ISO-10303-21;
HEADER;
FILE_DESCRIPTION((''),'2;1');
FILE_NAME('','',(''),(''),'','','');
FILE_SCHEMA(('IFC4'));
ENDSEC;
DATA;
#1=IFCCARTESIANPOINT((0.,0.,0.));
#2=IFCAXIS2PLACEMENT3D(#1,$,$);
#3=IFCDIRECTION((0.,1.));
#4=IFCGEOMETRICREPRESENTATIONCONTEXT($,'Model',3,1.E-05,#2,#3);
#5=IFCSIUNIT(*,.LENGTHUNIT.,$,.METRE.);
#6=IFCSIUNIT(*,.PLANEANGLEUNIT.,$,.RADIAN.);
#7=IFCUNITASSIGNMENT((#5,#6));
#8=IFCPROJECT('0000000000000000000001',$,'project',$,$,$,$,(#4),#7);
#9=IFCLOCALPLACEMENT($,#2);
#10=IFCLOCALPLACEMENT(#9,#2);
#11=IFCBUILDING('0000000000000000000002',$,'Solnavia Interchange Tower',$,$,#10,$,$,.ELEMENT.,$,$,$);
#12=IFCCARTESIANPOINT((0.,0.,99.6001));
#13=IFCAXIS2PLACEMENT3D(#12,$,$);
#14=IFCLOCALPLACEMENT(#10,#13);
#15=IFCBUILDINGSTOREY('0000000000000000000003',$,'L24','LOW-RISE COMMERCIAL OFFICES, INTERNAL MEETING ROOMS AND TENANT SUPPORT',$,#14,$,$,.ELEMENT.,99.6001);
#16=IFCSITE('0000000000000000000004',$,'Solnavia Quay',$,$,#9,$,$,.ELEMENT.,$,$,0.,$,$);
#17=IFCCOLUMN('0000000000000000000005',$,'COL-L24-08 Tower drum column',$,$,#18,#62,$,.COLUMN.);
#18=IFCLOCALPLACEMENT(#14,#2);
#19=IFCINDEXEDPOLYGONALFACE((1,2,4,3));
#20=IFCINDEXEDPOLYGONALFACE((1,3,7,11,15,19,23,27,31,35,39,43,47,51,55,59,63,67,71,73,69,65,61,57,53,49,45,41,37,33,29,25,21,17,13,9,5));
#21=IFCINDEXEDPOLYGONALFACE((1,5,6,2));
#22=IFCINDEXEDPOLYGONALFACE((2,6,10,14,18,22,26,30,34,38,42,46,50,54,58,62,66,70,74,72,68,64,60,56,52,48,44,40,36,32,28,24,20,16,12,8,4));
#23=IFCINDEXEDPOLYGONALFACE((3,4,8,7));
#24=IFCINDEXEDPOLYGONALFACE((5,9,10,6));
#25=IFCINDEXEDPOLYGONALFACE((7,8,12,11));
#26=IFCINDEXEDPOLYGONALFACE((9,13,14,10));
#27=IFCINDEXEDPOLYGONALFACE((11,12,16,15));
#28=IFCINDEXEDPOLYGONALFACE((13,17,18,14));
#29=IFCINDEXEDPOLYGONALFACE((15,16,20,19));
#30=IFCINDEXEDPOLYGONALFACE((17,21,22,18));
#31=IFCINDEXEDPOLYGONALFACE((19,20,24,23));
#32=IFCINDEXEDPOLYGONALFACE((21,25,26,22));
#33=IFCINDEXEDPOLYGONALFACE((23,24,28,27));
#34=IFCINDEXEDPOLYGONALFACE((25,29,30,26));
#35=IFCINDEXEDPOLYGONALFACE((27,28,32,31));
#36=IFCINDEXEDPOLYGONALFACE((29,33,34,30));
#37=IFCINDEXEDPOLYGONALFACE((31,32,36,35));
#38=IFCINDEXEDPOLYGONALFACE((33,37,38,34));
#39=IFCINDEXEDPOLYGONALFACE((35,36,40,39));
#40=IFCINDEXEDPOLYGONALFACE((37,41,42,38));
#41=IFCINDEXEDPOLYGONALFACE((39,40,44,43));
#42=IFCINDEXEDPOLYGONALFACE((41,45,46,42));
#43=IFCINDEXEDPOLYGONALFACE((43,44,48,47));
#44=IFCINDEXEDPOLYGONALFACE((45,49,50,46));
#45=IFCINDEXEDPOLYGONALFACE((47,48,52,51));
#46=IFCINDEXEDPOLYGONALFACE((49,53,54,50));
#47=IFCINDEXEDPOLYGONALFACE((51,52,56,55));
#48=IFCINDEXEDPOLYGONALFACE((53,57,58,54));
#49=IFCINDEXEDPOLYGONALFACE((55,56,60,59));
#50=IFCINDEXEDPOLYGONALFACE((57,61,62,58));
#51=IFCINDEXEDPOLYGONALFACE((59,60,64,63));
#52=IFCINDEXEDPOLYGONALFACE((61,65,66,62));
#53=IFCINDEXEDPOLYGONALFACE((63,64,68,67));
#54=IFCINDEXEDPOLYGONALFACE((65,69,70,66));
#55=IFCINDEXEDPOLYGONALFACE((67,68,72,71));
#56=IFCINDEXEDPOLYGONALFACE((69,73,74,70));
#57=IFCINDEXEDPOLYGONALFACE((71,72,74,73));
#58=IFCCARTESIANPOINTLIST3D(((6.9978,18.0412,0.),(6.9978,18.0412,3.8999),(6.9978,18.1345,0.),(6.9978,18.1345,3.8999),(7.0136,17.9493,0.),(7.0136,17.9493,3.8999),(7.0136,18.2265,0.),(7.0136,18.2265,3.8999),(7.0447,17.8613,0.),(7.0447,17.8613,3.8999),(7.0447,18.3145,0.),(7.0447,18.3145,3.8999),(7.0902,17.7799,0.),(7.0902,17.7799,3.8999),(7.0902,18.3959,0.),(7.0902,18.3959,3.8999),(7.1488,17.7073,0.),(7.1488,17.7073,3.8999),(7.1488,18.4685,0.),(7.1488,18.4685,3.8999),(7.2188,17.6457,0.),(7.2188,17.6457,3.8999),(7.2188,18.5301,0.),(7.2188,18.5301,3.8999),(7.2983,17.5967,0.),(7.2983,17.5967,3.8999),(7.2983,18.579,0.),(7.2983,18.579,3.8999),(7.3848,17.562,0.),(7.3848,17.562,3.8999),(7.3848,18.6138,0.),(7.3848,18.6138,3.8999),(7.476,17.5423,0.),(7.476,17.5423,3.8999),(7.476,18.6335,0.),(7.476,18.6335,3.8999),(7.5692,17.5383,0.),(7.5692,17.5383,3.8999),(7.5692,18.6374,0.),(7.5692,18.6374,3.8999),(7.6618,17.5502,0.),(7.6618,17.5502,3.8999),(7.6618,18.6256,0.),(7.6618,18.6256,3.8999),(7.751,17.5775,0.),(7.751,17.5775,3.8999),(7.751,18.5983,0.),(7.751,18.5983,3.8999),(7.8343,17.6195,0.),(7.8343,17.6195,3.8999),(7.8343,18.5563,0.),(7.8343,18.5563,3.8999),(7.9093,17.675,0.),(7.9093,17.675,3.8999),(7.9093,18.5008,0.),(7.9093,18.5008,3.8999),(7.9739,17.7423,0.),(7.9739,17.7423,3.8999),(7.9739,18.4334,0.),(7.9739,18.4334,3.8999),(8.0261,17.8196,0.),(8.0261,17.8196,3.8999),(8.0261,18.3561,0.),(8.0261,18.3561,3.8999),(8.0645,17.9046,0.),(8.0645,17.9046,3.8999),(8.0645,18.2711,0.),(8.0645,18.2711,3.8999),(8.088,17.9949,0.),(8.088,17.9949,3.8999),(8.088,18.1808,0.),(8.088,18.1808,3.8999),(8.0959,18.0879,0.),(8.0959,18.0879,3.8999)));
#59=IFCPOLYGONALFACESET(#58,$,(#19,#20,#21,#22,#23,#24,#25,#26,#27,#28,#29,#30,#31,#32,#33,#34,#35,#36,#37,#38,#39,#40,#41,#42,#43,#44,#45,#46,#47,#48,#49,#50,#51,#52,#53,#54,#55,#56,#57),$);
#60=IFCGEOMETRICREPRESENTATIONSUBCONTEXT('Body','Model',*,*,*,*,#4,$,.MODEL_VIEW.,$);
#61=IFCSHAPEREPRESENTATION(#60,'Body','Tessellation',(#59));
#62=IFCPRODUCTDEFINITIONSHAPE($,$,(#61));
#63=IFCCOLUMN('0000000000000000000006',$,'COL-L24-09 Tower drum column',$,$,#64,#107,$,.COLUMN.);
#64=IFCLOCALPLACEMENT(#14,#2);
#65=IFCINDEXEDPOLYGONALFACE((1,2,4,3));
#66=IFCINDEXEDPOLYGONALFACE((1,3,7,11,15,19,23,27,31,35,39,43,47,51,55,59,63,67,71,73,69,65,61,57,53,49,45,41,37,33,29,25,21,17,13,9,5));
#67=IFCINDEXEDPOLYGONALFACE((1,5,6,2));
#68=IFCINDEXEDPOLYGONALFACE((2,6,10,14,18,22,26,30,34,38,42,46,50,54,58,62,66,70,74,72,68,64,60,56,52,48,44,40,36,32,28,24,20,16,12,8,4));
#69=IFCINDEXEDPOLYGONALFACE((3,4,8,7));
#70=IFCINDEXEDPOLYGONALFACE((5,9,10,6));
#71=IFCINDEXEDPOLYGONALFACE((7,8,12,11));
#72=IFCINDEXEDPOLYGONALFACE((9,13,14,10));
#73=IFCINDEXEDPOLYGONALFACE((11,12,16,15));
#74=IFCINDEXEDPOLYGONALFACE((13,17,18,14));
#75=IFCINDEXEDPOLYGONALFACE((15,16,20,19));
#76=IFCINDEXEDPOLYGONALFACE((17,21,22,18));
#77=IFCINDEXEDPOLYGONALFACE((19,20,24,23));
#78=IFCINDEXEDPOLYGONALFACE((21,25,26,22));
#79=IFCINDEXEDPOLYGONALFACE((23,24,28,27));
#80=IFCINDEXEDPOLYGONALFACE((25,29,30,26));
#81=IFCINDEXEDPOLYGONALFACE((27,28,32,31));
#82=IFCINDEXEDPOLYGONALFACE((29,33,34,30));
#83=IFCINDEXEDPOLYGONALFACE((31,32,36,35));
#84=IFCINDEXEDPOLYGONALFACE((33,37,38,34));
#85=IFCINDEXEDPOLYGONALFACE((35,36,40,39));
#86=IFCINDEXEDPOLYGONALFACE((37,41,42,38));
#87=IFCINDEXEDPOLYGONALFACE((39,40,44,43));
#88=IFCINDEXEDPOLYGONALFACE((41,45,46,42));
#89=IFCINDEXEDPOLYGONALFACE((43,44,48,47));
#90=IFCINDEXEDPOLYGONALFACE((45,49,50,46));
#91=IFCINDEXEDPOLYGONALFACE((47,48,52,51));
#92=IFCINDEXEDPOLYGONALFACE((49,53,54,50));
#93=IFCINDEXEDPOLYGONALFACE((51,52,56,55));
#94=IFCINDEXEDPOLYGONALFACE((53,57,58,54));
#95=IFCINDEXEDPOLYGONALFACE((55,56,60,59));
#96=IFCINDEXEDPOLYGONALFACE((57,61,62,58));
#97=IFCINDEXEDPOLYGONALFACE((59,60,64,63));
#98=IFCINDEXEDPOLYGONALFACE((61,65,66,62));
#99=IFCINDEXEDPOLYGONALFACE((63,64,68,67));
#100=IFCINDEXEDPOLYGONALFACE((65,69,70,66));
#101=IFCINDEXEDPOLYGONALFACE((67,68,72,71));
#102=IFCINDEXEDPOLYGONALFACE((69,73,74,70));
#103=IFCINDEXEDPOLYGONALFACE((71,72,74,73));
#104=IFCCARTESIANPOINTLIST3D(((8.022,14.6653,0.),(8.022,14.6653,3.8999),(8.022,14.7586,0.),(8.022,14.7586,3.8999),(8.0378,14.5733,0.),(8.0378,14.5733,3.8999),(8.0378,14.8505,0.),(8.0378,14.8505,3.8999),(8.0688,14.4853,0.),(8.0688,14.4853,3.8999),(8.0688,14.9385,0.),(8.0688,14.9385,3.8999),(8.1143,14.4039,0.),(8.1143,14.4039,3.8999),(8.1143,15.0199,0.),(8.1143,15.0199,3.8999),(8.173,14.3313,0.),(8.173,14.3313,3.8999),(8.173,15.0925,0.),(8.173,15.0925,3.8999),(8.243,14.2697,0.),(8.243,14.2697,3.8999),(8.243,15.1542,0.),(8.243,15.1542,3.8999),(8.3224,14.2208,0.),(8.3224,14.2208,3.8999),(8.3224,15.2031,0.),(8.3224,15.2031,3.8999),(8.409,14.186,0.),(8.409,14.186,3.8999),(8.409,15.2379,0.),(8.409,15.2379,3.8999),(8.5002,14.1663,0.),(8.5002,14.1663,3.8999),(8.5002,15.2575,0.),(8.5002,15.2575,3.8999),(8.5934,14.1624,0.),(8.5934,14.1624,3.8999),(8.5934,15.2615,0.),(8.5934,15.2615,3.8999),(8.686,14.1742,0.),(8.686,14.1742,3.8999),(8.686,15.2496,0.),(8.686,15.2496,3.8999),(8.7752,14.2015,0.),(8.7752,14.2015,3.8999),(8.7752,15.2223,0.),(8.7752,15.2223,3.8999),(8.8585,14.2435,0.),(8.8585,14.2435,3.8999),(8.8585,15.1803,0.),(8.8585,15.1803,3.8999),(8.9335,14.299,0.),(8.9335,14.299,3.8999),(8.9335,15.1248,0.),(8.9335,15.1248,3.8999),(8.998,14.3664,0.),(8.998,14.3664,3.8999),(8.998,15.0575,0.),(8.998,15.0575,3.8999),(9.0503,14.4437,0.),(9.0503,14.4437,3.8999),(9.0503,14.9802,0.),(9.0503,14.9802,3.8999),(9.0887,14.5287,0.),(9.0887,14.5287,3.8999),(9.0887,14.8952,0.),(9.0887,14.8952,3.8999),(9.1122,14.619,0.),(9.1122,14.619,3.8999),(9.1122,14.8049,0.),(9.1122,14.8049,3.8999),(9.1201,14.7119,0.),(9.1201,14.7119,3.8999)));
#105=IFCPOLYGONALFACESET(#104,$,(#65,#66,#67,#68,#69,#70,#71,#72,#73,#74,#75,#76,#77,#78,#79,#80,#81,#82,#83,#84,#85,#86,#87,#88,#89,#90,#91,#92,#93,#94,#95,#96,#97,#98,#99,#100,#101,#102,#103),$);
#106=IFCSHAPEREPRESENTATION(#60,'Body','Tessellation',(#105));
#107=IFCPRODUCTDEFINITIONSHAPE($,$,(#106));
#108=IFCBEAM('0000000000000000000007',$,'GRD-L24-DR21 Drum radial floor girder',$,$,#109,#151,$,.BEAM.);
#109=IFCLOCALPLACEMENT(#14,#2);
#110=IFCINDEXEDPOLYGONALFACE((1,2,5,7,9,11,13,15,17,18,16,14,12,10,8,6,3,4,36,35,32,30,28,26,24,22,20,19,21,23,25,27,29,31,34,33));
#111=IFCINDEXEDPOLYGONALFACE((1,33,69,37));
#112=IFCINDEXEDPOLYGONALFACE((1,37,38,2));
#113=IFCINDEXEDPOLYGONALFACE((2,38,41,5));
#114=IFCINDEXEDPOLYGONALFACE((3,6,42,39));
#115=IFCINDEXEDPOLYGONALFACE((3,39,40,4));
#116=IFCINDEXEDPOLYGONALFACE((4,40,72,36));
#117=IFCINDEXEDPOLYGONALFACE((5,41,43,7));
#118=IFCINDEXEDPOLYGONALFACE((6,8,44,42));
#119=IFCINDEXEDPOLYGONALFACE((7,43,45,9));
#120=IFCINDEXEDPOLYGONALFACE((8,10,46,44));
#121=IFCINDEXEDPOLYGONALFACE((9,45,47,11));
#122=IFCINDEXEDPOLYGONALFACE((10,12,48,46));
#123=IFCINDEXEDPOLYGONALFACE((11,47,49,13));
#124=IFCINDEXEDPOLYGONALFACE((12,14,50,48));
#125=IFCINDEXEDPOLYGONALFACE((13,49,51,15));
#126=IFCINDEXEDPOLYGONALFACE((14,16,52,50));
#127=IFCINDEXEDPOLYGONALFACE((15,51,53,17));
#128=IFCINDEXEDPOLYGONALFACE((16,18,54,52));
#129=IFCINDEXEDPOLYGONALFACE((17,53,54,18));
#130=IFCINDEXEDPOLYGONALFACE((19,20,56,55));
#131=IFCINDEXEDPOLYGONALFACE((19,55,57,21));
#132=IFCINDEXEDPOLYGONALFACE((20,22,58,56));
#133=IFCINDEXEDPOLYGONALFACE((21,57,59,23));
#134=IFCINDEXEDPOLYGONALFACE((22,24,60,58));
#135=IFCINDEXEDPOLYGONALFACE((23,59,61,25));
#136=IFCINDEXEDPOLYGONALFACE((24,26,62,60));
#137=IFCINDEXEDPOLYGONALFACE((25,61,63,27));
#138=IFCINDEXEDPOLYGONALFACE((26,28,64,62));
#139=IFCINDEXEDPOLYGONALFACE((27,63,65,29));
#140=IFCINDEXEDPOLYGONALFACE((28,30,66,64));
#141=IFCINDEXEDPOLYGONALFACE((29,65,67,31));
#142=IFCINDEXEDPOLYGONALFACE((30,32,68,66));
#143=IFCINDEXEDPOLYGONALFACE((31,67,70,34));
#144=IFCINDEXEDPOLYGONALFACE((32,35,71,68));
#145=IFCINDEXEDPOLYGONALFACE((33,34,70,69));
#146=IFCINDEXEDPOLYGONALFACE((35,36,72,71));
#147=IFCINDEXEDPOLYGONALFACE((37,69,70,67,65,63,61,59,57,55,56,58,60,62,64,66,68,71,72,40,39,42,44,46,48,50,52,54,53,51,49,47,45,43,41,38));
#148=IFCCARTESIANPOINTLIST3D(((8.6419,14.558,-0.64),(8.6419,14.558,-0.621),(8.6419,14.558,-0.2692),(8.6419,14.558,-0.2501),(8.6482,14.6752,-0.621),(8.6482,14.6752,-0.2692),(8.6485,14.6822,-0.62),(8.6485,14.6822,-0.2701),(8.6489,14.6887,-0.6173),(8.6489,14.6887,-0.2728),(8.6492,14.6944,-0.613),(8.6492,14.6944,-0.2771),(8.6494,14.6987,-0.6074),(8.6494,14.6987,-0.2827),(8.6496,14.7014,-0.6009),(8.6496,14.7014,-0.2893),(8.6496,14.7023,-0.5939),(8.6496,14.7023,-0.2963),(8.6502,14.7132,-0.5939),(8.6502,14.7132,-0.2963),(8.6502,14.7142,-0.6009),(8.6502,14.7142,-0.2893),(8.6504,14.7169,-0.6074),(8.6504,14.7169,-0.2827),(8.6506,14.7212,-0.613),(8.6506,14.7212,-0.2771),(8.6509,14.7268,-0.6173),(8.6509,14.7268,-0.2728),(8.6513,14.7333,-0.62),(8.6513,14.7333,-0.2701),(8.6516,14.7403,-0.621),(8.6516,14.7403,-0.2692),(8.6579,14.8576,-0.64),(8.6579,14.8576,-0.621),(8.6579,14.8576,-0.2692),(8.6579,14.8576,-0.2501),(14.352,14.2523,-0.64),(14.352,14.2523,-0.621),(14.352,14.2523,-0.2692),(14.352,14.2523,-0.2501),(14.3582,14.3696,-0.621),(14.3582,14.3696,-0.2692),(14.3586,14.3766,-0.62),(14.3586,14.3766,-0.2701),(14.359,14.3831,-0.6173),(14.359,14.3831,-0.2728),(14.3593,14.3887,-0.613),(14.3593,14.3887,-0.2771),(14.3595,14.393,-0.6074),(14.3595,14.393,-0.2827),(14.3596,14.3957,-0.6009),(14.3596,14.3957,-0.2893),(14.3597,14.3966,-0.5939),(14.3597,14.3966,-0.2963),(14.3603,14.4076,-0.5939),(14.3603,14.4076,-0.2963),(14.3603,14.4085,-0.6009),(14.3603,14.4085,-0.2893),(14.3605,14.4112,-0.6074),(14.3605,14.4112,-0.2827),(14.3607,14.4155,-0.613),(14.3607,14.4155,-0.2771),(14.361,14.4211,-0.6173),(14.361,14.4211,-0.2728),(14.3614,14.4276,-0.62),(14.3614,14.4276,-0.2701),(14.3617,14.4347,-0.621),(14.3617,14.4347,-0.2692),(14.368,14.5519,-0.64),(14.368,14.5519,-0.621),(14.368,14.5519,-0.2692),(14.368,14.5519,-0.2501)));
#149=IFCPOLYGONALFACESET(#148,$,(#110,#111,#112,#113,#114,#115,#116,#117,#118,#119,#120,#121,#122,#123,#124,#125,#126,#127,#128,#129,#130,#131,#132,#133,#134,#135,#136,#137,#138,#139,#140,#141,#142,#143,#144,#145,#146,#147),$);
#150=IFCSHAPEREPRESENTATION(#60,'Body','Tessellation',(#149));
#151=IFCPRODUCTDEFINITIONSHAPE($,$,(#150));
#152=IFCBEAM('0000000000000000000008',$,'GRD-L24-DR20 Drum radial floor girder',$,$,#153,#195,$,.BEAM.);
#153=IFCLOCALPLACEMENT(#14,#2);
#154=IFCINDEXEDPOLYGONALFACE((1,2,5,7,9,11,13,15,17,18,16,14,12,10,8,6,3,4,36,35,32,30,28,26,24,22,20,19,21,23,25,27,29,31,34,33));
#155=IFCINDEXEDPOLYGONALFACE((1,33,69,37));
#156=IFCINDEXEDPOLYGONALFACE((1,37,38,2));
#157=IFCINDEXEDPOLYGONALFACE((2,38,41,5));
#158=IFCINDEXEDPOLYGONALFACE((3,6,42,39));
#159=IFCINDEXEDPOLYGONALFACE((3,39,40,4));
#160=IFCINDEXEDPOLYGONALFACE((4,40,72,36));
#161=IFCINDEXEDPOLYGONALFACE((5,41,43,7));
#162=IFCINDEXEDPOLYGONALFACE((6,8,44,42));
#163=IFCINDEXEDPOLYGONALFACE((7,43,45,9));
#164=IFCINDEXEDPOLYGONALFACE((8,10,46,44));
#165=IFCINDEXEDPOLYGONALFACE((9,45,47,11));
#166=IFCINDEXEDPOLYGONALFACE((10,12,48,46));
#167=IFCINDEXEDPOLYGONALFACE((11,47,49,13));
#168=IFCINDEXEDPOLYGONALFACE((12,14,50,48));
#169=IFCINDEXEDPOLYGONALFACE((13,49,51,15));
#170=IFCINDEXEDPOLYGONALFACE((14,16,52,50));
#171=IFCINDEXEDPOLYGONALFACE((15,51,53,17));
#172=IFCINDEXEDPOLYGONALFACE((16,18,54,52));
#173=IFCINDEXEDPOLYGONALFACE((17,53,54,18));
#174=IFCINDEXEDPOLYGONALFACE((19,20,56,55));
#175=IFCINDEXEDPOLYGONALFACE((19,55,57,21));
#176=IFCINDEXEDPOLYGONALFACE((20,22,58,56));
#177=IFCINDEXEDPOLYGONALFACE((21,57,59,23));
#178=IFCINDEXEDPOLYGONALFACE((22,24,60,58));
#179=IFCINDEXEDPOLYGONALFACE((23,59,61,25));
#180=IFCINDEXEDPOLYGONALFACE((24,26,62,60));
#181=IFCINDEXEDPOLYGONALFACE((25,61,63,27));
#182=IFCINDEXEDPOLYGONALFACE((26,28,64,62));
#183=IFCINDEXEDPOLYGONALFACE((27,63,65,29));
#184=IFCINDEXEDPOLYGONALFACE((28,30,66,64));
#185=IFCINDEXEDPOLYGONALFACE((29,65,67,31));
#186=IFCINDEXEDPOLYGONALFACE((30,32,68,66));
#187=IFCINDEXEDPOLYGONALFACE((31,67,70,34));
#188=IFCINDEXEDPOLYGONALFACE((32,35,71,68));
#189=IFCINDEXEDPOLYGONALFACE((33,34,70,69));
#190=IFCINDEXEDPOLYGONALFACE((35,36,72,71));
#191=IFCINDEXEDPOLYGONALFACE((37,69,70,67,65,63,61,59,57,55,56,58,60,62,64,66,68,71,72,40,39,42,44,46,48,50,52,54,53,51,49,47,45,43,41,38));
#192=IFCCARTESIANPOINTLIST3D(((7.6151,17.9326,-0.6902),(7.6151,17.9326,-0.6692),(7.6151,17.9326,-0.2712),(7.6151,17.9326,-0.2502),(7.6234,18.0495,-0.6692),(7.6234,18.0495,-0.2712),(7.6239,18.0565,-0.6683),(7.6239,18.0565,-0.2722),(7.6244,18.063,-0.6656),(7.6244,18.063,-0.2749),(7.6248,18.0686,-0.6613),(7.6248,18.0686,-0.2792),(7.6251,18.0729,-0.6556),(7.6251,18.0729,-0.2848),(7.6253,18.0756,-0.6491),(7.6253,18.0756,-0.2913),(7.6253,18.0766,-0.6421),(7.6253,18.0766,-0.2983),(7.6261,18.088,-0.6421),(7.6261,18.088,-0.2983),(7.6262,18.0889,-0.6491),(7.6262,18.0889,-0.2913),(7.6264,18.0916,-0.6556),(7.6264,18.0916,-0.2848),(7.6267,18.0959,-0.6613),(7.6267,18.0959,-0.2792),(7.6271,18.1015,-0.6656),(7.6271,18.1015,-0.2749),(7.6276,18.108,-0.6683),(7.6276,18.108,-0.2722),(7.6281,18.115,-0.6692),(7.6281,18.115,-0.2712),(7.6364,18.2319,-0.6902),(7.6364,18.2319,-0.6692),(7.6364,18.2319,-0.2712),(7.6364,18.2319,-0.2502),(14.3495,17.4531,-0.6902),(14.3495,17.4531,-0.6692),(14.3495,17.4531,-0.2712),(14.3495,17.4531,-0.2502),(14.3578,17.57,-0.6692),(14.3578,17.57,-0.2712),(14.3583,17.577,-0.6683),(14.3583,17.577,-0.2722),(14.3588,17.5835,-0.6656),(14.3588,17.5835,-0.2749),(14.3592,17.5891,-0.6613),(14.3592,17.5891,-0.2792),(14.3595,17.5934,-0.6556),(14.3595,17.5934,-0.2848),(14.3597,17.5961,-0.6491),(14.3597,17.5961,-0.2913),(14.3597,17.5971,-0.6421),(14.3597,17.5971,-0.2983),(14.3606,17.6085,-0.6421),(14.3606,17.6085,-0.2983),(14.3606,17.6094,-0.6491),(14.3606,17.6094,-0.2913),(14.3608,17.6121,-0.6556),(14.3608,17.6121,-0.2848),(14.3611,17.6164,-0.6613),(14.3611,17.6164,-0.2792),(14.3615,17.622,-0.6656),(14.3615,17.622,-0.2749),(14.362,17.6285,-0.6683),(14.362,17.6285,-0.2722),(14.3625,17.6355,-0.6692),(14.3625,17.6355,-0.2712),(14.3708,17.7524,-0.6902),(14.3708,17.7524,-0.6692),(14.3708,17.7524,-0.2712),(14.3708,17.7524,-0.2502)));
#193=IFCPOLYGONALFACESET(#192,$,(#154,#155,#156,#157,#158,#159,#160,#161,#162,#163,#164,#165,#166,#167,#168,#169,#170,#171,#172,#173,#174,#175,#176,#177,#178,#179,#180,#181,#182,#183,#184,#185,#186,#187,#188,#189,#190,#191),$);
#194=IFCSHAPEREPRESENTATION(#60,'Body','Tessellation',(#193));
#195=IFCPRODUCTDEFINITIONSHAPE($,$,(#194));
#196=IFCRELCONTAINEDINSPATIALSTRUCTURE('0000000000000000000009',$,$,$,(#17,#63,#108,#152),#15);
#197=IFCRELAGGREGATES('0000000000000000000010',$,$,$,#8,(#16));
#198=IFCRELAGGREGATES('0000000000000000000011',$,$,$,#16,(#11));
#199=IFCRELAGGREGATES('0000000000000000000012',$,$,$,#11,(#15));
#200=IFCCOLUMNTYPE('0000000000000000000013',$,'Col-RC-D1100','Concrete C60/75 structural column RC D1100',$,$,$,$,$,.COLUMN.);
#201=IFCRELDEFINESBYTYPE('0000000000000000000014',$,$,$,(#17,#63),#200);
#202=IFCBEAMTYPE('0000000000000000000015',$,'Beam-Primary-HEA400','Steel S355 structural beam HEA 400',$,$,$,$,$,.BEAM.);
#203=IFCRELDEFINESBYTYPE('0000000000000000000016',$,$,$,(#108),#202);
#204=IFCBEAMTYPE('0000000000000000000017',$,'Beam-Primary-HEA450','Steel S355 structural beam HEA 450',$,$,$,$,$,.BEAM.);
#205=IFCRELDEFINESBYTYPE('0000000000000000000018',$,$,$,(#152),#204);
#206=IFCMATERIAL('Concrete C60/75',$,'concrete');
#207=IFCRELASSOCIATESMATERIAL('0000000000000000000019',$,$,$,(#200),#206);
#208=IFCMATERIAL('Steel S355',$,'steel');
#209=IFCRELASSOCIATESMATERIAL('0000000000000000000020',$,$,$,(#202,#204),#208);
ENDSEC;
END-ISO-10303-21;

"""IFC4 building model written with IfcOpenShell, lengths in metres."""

from ifc_helpers import new_model, si_unit, direction, frame, origin, origin_2d, place, context, subcontext, project, spatial, circle, i_section, extrude, material, material_profile, profile_set, type_object, element, save


model = new_model("IFC4")

# Units and contexts
model_context = context("Model", 3, precision=1e-05, world=origin(), true_north=direction((0.0, 1.0)))
body_context = subcontext(model_context, "Body", "Model", "MODEL_VIEW")
ifc_project = project(units=[si_unit("LENGTHUNIT", "METRE"), si_unit("PLANEANGLEUNIT", "RADIAN")], contexts=[model_context])

# Site, building, storey
site_placement = place(None, origin())
site = spatial("IfcSite", under=ifc_project, at=site_placement, Name="Solnavia Quay", CompositionType="ELEMENT", RefElevation=0.0)
building_placement = place(site_placement, origin())
building = spatial("IfcBuilding", under=site, at=building_placement, Name="Solnavia Interchange Tower", CompositionType="ELEMENT")
storey_placement = place(building_placement, frame((0.0, 0.0, 99.6001)))
storey = spatial("IfcBuildingStorey", under=building, at=storey_placement, Name="L24", Description="LOW-RISE COMMERCIAL OFFICES, INTERNAL MEETING ROOMS AND TENANT SUPPORT", CompositionType="ELEMENT", Elevation=99.6001)

# Columns
ifc_material_1 = material(Name="Concrete C60/75", Category="concrete")
ifc_material_profile_1 = material_profile(ifc_material_1, circle(Radius=0.55, at=origin_2d()), Name="RC D1100")
ifc_profile_set_1 = profile_set([ifc_material_profile_1], Name="Concrete C60/75")
column_type = type_object("IfcColumnType", Name="Col-RC-D1100", Description="Concrete C60/75 structural column RC D1100", PredefinedType="COLUMN", material=ifc_profile_set_1)
for number, where, z_axis, x_axis, name in (
    (1, (7.5459, 18.0879, 0.0), (0.0, 0.0, 1.0), (1.0, 0.0, 0.0), "COL-L24-08 Tower drum column"),
    (2, (8.5701, 14.7119, 0.0), (0.0, 0.0, 1.0), (1.0, 0.0, 0.0), "COL-L24-09 Tower drum column"),
):
    element("IfcColumn", number, at=place(storey_placement, frame(where, z_axis=z_axis, x_axis=x_axis)), inside=storey, type_object=column_type, Name=name, PredefinedType="COLUMN", context=body_context, shape_type="SweptSolid", body=[
        extrude(circle(Radius=0.55, at=origin_2d()), origin(), (0.0, 0.0, 1.0), 3.8999),
    ])

# Beams
ifc_material_2 = material(Name="Steel S355", Category="steel")
ifc_material_profile_2 = material_profile(ifc_material_2, i_section(OverallWidth=0.3, OverallDepth=0.3899, WebThickness=0.011, FlangeThickness=0.019, FilletRadius=0.0271, at=origin_2d()), Name="HEA 400")
ifc_profile_set_2 = profile_set([ifc_material_profile_2], Name="Steel S355")
beam_type_1 = type_object("IfcBeamType", Name="Beam-Primary-HEA400", Description="Steel S355 structural beam HEA 400", PredefinedType="BEAM", material=ifc_profile_set_2)
beam_1_placement = place(storey_placement, frame((8.6499, 14.7078, -0.4451), z_axis=(0.99857, -0.053453, 0.0), x_axis=(0.053453, 0.99857, 0.0)))
element("IfcBeam", 3, at=beam_1_placement, inside=storey, type_object=beam_type_1, Name="GRD-L24-DR21 Drum radial floor girder", PredefinedType="BEAM", context=body_context, shape_type="SweptSolid", body=[
    extrude(i_section(OverallWidth=0.3, OverallDepth=0.3899, WebThickness=0.011, FlangeThickness=0.019, FilletRadius=0.0271, at=origin_2d()), origin(), (0.0, 0.0, 1.0), 5.7183),
])
ifc_material_profile_3 = material_profile(ifc_material_2, i_section(OverallWidth=0.3, OverallDepth=0.4399, WebThickness=0.0115, FlangeThickness=0.021, FilletRadius=0.0271, at=origin_2d()), Name="HEA 450")
ifc_profile_set_3 = profile_set([ifc_material_profile_3], Name="Steel S355")
beam_type_2 = type_object("IfcBeamType", Name="Beam-Primary-HEA450", Description="Steel S355 structural beam HEA 450", PredefinedType="BEAM", material=ifc_profile_set_3)
beam_2_placement = place(storey_placement, frame((7.6257, 18.0823, -0.4702), z_axis=(0.997475, -0.071021, 0.0), x_axis=(0.071021, 0.997475, 0.0)))
element("IfcBeam", 4, at=beam_2_placement, inside=storey, type_object=beam_type_2, Name="GRD-L24-DR20 Drum radial floor girder", PredefinedType="BEAM", context=body_context, shape_type="SweptSolid", body=[
    extrude(i_section(OverallWidth=0.3, OverallDepth=0.4399, WebThickness=0.0115, FlangeThickness=0.021, FilletRadius=0.0271, at=origin_2d()), origin(), (0.0, 0.0, 1.0), 6.7515),
])

save(model, "model.ifc")
